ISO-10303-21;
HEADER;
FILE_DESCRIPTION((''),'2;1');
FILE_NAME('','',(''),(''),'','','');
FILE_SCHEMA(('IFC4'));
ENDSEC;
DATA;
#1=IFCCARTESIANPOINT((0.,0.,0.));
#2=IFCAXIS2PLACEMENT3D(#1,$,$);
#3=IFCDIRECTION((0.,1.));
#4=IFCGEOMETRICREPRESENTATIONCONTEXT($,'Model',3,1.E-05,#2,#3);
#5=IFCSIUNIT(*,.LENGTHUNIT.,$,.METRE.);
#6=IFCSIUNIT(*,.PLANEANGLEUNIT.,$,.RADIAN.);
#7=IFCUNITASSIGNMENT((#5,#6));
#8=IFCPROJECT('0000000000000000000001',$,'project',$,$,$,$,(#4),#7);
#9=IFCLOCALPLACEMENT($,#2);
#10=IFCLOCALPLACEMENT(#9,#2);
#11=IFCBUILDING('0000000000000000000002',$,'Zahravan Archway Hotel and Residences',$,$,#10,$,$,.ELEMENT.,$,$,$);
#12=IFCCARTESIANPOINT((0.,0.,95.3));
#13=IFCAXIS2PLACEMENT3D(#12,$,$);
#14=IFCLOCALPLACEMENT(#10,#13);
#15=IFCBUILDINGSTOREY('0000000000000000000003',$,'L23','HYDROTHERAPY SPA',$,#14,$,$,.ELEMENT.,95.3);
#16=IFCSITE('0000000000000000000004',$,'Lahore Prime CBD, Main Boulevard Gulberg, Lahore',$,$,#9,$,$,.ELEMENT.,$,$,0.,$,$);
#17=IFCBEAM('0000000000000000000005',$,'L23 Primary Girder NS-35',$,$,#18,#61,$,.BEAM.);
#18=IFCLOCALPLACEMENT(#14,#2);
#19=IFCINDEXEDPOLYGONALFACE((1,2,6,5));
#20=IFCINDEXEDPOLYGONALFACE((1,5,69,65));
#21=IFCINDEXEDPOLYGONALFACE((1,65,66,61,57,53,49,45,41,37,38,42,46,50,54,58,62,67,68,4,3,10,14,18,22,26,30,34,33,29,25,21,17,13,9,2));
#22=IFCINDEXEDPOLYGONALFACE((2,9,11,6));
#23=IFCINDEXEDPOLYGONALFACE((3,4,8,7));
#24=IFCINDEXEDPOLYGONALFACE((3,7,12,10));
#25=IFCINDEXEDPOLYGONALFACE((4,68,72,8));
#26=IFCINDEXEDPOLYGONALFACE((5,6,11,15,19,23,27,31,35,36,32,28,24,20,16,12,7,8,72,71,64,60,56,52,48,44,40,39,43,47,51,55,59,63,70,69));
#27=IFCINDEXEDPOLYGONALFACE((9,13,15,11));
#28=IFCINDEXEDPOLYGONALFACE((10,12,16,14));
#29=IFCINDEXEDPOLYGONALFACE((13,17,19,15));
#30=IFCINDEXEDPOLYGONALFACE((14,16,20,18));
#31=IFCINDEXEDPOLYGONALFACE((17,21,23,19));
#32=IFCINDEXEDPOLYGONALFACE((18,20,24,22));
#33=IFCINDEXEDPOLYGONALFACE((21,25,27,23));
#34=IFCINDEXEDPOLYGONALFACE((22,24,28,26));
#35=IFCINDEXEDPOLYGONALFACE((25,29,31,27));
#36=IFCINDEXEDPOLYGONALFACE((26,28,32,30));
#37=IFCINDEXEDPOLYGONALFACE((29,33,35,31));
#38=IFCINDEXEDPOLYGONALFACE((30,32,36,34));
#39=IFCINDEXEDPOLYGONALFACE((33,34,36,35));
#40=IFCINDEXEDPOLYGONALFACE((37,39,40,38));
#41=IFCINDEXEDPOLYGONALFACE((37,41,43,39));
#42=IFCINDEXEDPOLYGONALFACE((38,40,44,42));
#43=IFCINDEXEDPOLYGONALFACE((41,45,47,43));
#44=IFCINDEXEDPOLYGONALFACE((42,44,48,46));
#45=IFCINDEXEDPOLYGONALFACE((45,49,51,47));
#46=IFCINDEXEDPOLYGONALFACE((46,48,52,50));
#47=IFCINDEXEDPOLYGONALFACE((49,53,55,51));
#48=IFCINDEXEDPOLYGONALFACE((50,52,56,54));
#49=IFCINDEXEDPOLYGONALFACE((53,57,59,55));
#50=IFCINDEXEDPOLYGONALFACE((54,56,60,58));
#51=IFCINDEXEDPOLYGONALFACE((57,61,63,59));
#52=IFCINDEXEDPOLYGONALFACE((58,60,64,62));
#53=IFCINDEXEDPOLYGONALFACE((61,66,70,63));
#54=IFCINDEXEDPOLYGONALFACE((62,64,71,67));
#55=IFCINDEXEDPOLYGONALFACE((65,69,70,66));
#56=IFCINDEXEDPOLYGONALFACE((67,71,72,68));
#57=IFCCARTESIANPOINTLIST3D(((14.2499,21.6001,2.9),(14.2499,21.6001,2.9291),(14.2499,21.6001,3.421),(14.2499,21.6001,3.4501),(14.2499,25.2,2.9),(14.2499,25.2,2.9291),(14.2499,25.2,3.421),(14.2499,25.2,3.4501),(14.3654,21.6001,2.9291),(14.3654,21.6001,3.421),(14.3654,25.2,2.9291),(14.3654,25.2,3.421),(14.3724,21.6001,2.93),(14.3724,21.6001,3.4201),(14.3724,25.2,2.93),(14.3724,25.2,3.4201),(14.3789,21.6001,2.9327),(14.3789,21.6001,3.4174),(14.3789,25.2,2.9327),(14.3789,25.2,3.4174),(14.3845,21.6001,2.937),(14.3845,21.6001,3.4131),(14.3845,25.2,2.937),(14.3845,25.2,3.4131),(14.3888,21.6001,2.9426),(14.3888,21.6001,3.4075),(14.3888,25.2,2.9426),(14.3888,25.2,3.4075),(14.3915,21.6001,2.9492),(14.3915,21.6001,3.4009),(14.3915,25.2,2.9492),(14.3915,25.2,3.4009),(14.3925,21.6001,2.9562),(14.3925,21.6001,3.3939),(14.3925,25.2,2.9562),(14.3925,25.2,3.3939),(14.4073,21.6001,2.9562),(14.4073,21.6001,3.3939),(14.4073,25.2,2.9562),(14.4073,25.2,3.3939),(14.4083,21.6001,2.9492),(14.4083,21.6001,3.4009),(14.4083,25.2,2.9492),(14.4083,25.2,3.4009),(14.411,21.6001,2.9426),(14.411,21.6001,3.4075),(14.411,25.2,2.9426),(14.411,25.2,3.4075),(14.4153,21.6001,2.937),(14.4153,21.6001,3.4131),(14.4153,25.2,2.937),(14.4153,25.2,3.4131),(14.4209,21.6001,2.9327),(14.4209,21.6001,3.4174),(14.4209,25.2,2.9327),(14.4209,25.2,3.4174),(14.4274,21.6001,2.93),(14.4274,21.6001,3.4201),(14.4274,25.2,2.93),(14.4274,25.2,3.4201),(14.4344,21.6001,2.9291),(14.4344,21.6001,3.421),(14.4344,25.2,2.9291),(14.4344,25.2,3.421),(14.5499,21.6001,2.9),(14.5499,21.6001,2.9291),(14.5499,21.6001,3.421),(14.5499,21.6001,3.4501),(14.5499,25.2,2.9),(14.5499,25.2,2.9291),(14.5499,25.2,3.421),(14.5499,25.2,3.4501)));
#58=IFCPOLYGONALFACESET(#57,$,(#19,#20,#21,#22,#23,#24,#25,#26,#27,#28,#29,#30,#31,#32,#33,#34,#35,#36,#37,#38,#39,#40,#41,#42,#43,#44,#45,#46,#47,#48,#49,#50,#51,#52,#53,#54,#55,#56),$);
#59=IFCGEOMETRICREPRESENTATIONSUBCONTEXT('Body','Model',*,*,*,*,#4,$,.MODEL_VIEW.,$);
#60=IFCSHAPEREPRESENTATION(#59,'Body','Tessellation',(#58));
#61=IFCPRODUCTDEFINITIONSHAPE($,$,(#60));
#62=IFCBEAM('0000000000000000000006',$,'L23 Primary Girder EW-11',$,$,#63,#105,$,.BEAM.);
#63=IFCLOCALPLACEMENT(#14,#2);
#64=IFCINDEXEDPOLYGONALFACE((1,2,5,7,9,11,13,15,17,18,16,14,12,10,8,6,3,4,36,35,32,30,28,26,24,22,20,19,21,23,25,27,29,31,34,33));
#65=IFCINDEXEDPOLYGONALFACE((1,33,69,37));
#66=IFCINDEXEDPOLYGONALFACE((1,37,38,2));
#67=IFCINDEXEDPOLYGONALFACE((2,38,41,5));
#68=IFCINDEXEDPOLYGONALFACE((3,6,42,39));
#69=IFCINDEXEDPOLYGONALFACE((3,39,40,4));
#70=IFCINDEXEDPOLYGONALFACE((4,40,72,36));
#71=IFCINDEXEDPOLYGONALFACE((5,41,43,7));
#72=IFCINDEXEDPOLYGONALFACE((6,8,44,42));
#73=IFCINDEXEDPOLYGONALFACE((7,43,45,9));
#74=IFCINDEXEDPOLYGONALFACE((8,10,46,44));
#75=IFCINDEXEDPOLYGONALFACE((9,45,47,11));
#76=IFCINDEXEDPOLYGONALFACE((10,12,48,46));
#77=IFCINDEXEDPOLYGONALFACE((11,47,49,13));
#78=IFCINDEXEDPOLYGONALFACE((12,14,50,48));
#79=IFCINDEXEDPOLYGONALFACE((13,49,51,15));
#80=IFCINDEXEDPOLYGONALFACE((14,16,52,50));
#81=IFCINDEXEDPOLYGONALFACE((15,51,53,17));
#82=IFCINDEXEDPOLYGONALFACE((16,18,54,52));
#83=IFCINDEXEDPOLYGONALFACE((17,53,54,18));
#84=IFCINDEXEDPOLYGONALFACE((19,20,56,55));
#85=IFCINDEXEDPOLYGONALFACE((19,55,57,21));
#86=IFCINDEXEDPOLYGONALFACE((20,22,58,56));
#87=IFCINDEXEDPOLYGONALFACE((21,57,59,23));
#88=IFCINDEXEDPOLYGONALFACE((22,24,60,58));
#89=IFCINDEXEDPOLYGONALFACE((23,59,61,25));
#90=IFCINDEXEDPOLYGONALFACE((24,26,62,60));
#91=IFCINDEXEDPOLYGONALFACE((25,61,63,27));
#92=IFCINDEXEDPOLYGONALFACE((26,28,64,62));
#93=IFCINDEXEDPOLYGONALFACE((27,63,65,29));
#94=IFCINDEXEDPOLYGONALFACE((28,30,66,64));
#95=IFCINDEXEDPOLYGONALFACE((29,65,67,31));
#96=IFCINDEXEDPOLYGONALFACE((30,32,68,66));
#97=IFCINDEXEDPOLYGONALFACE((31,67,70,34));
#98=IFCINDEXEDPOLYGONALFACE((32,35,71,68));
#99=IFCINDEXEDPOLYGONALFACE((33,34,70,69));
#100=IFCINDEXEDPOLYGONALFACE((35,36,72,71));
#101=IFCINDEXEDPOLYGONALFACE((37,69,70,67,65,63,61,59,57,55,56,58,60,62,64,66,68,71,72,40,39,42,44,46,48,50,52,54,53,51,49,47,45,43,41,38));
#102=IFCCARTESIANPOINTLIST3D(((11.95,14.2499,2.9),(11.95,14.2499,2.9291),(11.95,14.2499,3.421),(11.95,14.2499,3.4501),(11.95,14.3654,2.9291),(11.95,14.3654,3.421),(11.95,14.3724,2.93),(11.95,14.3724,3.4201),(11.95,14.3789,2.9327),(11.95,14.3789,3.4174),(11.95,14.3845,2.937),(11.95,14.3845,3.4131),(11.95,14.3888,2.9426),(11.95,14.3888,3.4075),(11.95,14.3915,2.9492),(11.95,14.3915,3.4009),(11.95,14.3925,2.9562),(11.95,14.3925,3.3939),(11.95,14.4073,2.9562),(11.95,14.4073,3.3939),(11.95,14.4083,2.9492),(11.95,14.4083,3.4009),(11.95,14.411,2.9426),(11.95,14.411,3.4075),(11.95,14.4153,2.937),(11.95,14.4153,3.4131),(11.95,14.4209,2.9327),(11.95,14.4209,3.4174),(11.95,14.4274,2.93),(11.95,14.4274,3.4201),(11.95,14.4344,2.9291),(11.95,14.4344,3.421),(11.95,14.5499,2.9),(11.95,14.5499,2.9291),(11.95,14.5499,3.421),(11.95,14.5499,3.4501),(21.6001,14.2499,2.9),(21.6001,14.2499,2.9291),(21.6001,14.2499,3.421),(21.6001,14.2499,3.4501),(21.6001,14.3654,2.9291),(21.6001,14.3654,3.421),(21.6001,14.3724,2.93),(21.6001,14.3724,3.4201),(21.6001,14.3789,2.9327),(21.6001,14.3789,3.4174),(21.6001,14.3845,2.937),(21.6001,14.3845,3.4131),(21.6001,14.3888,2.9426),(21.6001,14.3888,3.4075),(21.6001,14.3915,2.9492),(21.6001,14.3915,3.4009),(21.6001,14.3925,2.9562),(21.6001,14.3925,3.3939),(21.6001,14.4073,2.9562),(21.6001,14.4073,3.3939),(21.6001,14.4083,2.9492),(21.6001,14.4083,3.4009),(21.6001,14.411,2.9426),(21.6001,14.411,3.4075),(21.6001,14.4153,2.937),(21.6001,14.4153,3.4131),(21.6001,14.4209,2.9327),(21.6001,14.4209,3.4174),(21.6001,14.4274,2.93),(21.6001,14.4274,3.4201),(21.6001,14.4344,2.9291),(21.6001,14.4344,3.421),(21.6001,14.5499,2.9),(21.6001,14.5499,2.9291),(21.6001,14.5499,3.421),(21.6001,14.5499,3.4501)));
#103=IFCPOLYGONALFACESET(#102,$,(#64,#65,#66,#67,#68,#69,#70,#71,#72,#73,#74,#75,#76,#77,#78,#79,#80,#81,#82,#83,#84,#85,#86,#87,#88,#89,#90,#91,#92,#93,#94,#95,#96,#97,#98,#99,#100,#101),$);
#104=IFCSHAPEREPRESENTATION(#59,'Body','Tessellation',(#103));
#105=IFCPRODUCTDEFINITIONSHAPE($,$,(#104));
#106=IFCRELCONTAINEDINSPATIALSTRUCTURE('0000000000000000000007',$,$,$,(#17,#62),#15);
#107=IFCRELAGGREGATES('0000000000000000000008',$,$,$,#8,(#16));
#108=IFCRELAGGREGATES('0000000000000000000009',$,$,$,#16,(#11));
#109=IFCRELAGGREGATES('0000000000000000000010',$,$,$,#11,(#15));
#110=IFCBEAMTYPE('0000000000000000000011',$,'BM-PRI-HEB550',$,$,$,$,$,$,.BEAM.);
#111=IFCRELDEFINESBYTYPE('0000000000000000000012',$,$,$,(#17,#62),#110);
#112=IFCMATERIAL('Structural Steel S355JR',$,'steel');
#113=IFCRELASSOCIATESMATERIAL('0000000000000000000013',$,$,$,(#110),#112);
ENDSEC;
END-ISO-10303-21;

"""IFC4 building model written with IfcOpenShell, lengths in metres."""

from ifc_helpers import new_model, si_unit, direction, frame, origin, origin_2d, place, context, subcontext, project, spatial, i_section, extrude, source, transform, mapped, material, material_profile, profile_set, type_object, element, save


model = new_model("IFC4")

# Units and contexts
model_context = context("Model", 3, precision=1e-05, world=origin(), true_north=direction((0.0, 1.0)))
body_context = subcontext(model_context, "Body", "Model", "MODEL_VIEW")
ifc_project = project(units=[si_unit("LENGTHUNIT", "METRE"), si_unit("PLANEANGLEUNIT", "RADIAN")], contexts=[model_context])

# Site, building, storey
site_placement = place(None, origin())
site = spatial("IfcSite", under=ifc_project, at=site_placement, Name="Lahore Prime CBD, Main Boulevard Gulberg, Lahore", CompositionType="ELEMENT", RefElevation=0.0)
building_placement = place(site_placement, origin())
building = spatial("IfcBuilding", under=site, at=building_placement, Name="Zahravan Archway Hotel and Residences", CompositionType="ELEMENT")
storey_placement = place(building_placement, frame((0.0, 0.0, 95.3)))
storey = spatial("IfcBuildingStorey", under=building, at=storey_placement, Name="L23", Description="HYDROTHERAPY SPA", CompositionType="ELEMENT", Elevation=95.3)

# Beams
ifc_material_1 = material(Name="Structural Steel S355JR", Category="steel")
ifc_material_profile_1 = material_profile(ifc_material_1, i_section(OverallWidth=0.3, OverallDepth=0.55, WebThickness=0.0149, FlangeThickness=0.0291, FilletRadius=0.0271, at=origin_2d()), Name="HEB 550", Category="steel")
ifc_profile_set_1 = profile_set([ifc_material_profile_1], Name="Structural Steel S355JR")
beam_type = type_object("IfcBeamType", Name="BM-PRI-HEB550", PredefinedType="BEAM", material=ifc_profile_set_1)
shared_shape_1 = source(origin(), body_context, "Body", "SweptSolid", [
    extrude(i_section(OverallWidth=0.3, OverallDepth=0.55, WebThickness=0.0149, FlangeThickness=0.0291, FilletRadius=0.0271, at=origin_2d()), origin(), (0.0, 0.0, 1.0), 3.5999),
])
beam_1_placement = place(storey_placement, frame((14.3999, 21.6001, 3.175), z_axis=(0.0, 1.0, 0.0), x_axis=(-1.0, 0.0, 0.0)))
element("IfcBeam", 1, at=beam_1_placement, inside=storey, type_object=beam_type, Name="L23 Primary Girder NS-35", PredefinedType="BEAM", context=body_context, shape_type="MappedRepresentation", body=[
    mapped(shared_shape_1, transform((0.0, 0.0, 0.0), scale=1.0)),
])
shared_shape_2 = source(origin(), body_context, "Body", "SweptSolid", [
    extrude(i_section(OverallWidth=0.3, OverallDepth=0.55, WebThickness=0.0149, FlangeThickness=0.0291, FilletRadius=0.0271, at=origin_2d()), origin(), (0.0, 0.0, 1.0), 9.6501),
])
beam_2_placement = place(storey_placement, frame((11.95, 14.3999, 3.175), z_axis=(1.0, 0.0, 0.0), x_axis=(0.0, 1.0, 0.0)))
element("IfcBeam", 2, at=beam_2_placement, inside=storey, type_object=beam_type, Name="L23 Primary Girder EW-11", PredefinedType="BEAM", context=body_context, shape_type="MappedRepresentation", body=[
    mapped(shared_shape_2, transform((0.0, 0.0, 0.0), scale=1.0)),
])

save(model, "model.ifc")
